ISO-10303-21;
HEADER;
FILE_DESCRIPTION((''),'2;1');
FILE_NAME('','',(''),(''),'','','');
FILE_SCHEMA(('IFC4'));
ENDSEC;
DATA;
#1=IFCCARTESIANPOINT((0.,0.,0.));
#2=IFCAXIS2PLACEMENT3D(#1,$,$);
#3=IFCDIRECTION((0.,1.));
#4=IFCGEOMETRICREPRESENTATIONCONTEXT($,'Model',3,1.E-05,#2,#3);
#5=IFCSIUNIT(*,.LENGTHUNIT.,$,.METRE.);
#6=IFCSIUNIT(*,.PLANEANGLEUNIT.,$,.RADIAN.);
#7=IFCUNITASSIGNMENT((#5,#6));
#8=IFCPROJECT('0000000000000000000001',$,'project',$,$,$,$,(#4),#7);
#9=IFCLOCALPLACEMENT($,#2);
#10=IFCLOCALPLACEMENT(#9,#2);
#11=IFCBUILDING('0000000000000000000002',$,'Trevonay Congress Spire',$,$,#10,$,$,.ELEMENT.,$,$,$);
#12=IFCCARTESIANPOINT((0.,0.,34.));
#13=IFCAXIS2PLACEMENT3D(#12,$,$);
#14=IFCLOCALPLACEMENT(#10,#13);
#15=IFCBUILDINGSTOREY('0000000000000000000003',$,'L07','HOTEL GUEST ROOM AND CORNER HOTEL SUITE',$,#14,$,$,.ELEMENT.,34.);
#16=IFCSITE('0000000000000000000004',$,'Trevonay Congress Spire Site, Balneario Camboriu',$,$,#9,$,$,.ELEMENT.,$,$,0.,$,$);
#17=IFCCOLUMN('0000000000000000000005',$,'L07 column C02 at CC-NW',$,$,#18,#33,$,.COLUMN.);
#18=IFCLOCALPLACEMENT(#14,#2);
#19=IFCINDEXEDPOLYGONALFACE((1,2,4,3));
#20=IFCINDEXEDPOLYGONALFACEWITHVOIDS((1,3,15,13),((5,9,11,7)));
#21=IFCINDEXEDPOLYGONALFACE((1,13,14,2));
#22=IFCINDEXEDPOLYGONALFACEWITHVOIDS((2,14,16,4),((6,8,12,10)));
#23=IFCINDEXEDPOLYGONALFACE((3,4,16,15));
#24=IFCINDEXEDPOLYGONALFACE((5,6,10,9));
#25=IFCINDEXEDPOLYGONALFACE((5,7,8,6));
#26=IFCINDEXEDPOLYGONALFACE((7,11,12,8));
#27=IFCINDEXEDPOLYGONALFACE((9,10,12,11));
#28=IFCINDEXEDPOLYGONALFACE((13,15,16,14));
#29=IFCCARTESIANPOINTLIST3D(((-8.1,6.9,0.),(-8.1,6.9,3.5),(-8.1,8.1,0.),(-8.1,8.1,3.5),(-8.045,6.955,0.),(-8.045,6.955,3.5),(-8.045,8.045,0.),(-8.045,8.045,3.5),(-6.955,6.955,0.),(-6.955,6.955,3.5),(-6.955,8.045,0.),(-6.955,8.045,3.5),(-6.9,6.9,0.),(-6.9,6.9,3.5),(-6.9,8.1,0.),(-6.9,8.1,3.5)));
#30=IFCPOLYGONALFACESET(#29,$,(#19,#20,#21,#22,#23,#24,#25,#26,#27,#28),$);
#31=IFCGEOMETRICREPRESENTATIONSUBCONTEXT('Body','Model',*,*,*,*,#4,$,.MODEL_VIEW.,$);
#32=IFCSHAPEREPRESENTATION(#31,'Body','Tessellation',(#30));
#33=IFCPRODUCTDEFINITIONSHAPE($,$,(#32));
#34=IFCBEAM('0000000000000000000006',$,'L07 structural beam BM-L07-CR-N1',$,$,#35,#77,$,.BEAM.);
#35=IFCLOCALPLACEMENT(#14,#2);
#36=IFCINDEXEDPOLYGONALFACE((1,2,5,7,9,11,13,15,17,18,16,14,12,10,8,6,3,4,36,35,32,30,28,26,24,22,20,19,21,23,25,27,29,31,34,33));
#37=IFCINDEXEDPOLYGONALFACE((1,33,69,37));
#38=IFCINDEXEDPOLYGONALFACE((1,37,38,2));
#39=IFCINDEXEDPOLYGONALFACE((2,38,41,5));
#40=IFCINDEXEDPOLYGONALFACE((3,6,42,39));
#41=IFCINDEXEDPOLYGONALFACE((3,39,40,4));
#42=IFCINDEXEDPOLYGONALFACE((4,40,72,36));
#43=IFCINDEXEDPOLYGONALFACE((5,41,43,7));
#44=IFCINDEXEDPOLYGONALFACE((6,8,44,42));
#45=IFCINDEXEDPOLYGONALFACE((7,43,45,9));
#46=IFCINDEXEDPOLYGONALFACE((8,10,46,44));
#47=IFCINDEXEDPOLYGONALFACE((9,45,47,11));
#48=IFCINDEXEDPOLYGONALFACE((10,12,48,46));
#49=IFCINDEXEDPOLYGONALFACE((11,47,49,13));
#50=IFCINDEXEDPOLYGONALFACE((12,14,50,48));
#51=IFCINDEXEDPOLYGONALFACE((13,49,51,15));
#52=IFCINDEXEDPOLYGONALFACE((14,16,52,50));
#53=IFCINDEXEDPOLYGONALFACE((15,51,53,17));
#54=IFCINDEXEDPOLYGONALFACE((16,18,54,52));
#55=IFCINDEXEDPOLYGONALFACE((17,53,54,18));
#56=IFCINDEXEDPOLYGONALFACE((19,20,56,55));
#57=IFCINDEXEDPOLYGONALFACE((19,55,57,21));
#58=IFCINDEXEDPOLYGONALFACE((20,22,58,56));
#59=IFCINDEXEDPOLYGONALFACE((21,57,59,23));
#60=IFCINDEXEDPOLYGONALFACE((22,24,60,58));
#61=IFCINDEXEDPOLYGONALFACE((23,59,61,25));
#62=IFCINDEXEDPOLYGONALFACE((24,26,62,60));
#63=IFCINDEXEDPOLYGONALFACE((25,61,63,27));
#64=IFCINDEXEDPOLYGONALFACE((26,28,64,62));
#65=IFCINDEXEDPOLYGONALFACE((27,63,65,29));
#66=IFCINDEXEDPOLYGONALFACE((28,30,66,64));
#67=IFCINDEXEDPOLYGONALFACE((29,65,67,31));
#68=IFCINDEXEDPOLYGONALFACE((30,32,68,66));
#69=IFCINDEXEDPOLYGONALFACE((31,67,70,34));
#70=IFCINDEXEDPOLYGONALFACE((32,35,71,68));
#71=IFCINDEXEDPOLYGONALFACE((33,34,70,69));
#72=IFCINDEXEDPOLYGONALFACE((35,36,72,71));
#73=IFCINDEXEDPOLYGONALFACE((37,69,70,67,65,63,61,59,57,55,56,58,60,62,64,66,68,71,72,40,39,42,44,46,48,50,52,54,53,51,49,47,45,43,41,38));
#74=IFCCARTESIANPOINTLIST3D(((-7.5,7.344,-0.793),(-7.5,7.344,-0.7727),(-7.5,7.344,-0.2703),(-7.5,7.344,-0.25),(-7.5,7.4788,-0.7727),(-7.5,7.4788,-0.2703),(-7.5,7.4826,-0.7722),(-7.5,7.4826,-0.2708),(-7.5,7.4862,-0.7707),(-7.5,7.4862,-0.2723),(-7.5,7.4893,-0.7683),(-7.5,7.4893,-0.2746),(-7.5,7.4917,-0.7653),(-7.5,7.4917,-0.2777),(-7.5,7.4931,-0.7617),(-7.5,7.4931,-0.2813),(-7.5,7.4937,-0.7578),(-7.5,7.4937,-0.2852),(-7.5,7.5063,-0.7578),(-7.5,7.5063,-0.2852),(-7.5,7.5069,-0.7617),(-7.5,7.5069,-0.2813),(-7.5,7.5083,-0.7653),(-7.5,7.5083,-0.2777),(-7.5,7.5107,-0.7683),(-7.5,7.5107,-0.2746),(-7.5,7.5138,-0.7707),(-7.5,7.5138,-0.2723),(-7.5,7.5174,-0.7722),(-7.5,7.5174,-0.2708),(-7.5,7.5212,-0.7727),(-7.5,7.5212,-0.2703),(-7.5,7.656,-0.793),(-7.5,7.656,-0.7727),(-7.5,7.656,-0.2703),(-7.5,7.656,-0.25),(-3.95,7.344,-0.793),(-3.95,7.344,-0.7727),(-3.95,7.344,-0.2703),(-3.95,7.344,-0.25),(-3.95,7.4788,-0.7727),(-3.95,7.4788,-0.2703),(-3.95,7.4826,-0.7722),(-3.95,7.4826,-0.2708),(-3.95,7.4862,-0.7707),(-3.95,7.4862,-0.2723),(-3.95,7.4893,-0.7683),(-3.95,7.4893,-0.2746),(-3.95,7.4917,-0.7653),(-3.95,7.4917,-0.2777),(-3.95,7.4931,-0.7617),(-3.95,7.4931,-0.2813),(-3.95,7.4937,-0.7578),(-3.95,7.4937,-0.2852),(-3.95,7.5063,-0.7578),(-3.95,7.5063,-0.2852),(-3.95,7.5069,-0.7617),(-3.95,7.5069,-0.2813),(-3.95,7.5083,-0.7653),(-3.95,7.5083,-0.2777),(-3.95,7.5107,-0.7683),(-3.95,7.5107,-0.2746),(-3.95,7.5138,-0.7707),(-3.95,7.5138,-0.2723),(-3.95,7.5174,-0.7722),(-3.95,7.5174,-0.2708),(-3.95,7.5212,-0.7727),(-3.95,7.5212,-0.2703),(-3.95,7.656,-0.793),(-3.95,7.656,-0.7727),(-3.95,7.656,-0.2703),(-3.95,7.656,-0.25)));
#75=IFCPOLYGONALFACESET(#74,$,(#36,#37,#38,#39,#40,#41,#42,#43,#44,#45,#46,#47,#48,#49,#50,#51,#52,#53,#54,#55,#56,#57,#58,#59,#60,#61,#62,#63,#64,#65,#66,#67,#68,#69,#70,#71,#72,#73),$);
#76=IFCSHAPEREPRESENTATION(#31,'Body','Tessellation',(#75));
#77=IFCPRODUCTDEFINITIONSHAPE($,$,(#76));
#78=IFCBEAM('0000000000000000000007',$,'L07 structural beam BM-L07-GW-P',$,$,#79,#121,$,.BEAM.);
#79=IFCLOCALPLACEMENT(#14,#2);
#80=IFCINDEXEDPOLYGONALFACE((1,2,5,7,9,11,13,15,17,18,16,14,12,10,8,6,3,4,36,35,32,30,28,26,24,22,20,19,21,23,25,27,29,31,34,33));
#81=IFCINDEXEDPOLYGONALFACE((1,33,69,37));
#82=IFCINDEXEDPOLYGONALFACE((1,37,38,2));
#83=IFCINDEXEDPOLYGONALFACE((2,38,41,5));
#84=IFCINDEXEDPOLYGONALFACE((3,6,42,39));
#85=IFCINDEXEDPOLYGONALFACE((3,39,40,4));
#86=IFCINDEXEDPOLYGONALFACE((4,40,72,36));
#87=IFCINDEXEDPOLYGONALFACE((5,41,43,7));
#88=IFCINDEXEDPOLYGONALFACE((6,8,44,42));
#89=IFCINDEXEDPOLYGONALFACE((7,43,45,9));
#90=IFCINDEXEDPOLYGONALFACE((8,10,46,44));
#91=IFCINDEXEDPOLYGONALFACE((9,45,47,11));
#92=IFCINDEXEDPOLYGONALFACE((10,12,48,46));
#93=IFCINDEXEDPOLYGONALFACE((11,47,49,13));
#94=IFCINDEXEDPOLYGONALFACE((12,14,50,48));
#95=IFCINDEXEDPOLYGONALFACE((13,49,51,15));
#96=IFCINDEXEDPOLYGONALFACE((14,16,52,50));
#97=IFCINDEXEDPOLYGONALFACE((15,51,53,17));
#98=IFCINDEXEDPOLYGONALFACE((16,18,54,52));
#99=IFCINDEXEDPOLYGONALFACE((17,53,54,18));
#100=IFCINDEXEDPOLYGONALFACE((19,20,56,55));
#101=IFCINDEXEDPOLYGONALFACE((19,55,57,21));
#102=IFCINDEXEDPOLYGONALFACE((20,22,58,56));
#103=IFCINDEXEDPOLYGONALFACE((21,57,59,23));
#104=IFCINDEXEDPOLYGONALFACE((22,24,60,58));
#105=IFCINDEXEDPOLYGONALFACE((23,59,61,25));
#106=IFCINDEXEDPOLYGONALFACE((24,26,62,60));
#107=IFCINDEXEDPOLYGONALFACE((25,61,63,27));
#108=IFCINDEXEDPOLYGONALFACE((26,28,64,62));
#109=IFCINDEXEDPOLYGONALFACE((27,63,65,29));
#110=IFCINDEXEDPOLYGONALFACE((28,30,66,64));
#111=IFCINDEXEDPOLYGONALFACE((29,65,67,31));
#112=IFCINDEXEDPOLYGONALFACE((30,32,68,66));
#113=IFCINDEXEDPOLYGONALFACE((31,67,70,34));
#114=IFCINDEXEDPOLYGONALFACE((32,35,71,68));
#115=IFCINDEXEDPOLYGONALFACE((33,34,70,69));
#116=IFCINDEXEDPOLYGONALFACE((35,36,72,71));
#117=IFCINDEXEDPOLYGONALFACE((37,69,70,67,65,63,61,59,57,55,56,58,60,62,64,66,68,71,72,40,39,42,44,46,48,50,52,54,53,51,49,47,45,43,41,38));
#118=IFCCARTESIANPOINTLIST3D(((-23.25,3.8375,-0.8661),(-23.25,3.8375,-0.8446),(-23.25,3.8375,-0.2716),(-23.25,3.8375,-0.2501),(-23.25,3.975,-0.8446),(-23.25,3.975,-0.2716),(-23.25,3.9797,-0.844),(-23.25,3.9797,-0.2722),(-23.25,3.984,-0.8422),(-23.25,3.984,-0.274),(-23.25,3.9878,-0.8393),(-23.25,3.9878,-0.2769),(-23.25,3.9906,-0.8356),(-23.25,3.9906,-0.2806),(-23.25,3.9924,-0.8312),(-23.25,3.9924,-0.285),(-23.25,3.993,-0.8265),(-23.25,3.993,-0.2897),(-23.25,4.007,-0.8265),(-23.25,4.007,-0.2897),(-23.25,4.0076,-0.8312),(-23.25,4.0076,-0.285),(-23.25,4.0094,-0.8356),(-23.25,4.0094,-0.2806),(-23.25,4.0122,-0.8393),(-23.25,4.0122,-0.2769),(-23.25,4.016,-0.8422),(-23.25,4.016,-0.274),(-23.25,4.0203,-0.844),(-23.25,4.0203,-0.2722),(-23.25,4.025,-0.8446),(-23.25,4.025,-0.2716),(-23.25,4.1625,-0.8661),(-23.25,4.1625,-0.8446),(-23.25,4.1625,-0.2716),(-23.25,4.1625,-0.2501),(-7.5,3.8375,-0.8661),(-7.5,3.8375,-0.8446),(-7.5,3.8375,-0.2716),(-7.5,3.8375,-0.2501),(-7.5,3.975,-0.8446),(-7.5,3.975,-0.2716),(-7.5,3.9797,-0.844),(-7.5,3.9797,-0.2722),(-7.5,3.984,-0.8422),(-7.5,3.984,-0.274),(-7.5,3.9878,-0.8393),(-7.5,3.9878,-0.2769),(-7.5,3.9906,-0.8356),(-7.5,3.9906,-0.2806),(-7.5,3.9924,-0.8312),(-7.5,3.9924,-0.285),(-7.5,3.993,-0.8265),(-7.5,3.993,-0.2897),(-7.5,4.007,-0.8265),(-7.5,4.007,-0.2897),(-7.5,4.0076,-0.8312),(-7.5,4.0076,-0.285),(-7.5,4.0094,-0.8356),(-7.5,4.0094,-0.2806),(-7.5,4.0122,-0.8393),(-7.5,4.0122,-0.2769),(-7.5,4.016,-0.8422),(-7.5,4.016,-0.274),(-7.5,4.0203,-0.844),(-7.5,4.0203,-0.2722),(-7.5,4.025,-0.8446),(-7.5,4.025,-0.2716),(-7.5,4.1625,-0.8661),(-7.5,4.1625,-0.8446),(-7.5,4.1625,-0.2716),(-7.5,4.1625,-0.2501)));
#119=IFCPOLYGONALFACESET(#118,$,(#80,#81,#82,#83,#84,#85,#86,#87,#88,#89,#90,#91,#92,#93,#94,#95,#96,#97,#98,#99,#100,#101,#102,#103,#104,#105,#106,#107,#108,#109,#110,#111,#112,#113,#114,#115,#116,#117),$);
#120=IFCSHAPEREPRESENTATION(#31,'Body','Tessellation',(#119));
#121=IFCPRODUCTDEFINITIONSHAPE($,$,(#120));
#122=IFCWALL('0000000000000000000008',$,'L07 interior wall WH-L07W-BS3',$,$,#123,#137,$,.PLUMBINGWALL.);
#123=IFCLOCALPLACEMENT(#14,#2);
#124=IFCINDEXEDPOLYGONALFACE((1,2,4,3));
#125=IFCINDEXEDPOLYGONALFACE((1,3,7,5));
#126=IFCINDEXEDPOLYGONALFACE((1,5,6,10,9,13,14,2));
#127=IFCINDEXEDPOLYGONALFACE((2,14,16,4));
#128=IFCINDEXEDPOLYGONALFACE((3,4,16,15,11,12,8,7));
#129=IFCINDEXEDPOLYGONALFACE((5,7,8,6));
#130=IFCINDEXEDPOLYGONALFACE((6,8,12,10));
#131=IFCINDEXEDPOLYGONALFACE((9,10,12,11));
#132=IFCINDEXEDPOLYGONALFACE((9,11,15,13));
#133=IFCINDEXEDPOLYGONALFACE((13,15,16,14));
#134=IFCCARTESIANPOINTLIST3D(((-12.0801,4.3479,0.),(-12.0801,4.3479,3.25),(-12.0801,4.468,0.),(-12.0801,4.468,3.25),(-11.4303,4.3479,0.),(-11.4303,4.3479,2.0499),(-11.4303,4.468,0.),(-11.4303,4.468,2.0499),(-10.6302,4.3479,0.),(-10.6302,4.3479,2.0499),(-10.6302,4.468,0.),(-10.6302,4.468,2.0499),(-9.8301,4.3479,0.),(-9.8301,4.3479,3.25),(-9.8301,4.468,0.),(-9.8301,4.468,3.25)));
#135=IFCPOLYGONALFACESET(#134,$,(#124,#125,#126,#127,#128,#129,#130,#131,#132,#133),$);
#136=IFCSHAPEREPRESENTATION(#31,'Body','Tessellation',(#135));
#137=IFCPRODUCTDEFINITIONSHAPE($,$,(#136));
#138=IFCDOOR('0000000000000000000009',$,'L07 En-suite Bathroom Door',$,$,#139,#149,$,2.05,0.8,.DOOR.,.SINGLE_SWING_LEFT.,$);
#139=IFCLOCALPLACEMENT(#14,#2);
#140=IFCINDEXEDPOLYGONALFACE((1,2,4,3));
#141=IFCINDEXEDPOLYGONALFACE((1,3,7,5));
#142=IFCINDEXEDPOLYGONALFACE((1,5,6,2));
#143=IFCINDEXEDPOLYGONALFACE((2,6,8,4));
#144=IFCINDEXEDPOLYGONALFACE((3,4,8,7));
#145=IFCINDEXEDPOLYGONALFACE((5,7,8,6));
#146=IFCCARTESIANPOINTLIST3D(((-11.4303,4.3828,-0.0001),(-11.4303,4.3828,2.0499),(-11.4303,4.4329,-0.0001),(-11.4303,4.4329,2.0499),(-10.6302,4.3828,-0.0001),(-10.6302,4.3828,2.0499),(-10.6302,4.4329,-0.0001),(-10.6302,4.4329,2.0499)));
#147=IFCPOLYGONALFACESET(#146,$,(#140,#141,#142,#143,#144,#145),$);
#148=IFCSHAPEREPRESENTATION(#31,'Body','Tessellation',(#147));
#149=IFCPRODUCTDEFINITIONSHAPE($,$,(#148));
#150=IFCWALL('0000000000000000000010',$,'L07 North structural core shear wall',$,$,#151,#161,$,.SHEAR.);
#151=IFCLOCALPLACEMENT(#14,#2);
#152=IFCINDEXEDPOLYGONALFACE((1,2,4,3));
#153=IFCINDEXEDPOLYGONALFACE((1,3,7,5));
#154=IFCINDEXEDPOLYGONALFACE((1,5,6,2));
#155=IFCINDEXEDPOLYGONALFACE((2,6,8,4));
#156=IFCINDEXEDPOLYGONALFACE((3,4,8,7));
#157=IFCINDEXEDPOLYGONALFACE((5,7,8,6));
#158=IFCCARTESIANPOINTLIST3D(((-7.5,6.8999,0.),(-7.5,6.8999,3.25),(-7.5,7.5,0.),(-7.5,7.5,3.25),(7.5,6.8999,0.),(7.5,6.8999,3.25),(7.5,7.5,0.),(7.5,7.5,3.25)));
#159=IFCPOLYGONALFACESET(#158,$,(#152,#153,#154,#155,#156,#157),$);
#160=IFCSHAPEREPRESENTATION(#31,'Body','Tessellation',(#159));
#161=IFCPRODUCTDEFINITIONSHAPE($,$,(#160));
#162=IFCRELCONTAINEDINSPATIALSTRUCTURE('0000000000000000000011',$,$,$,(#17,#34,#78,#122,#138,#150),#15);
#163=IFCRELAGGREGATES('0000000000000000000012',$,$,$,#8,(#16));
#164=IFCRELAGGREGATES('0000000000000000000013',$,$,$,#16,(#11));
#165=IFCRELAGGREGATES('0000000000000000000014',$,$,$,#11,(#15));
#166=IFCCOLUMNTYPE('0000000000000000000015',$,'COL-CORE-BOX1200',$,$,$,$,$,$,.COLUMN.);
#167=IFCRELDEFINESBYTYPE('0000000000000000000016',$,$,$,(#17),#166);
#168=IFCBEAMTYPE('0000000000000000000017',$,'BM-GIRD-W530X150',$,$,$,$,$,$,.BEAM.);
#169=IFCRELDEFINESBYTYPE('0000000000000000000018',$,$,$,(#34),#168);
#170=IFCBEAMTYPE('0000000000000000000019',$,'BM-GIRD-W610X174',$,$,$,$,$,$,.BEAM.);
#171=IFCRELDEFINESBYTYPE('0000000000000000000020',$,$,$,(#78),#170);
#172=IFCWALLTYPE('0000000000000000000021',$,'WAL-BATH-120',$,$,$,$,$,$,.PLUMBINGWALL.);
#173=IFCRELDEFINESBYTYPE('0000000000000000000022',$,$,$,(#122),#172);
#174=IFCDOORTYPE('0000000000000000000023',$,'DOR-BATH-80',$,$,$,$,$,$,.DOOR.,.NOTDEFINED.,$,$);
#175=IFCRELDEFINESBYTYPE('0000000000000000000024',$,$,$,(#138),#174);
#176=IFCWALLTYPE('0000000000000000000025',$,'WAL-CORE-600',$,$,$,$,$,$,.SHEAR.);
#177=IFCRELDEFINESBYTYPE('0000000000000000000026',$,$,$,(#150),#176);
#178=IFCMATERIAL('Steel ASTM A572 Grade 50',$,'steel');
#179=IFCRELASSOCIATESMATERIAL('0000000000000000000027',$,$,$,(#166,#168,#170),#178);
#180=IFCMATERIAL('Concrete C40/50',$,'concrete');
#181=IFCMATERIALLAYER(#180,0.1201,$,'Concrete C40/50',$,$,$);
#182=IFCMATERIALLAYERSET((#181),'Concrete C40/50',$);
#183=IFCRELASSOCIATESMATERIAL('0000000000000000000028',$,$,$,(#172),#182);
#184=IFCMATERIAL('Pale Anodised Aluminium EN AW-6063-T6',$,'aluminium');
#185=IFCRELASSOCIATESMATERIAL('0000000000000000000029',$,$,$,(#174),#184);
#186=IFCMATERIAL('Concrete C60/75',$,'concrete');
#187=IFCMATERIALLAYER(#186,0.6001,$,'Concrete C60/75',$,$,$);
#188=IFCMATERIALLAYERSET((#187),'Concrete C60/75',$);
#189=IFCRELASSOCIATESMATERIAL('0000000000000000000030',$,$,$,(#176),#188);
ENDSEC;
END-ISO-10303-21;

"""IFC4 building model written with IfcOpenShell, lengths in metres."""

from ifc_helpers import new_model, si_unit, direction, frame, frame_2d, origin, origin_2d, place, context, subcontext, project, spatial, rectangle, hollow_rectangle, i_section, extrude, material, layer, layer_set, material_profile, profile_set, type_object, element, fill, save


model = new_model("IFC4")

# Units and contexts
model_context = context("Model", 3, precision=1e-05, world=origin(), true_north=direction((0.0, 1.0)))
body_context = subcontext(model_context, "Body", "Model", "MODEL_VIEW")
ifc_project = project(units=[si_unit("LENGTHUNIT", "METRE"), si_unit("PLANEANGLEUNIT", "RADIAN")], contexts=[model_context])

# Site, building, storey
site_placement = place(None, origin())
site = spatial("IfcSite", under=ifc_project, at=site_placement, Name="Trevonay Congress Spire Site, Balneario Camboriu", CompositionType="ELEMENT", RefElevation=0.0)
building_placement = place(site_placement, origin())
building = spatial("IfcBuilding", under=site, at=building_placement, Name="Trevonay Congress Spire", CompositionType="ELEMENT")
storey_placement = place(building_placement, frame((0.0, 0.0, 34.0)))
storey = spatial("IfcBuildingStorey", under=building, at=storey_placement, Name="L07", Description="HOTEL GUEST ROOM AND CORNER HOTEL SUITE", CompositionType="ELEMENT", Elevation=34.0)

# Column
ifc_material_1 = material(Name="Steel ASTM A572 Grade 50", Category="steel")
ifc_material_profile_1 = material_profile(ifc_material_1, hollow_rectangle(XDim=1.2, YDim=1.2, WallThickness=0.0549, at=origin_2d()), Name="BOX 1200x1200x55")
ifc_profile_set_1 = profile_set([ifc_material_profile_1], Name="Steel ASTM A572 Grade 50")
column_type = type_object("IfcColumnType", Name="COL-CORE-BOX1200", PredefinedType="COLUMN", material=ifc_profile_set_1)
column_placement = place(storey_placement, frame((-7.5, 7.5, 0.0), z_axis=(0.0, 0.0, 1.0), x_axis=(1.0, 0.0, 0.0)))
element("IfcColumn", 1, at=column_placement, inside=storey, type_object=column_type, Name="L07 column C02 at CC-NW", PredefinedType="COLUMN", context=body_context, shape_type="SweptSolid", body=[
    extrude(hollow_rectangle(XDim=1.2, YDim=1.2, WallThickness=0.0549, at=origin_2d()), origin(), (0.0, 0.0, 1.0), 3.5),
])

# Beams
ifc_material_profile_2 = material_profile(ifc_material_1, i_section(OverallWidth=0.312, OverallDepth=0.543, WebThickness=0.0127, FlangeThickness=0.0203, FilletRadius=0.0149, at=origin_2d()), Name="W530x150")
ifc_profile_set_2 = profile_set([ifc_material_profile_2], Name="Steel ASTM A572 Grade 50")
beam_type_1 = type_object("IfcBeamType", Name="BM-GIRD-W530X150", PredefinedType="BEAM", material=ifc_profile_set_2)
beam_1_placement = place(storey_placement, frame((-7.5, 7.5, -0.5215), z_axis=(1.0, 0.0, 0.0), x_axis=(0.0, 1.0, 0.0)))
element("IfcBeam", 2, at=beam_1_placement, inside=storey, type_object=beam_type_1, Name="L07 structural beam BM-L07-CR-N1", PredefinedType="BEAM", context=body_context, shape_type="SweptSolid", body=[
    extrude(i_section(OverallWidth=0.312, OverallDepth=0.543, WebThickness=0.0127, FlangeThickness=0.0203, FilletRadius=0.0149, at=origin_2d()), origin(), (0.0, 0.0, 1.0), 3.55),
])
ifc_material_profile_3 = material_profile(ifc_material_1, i_section(OverallWidth=0.325, OverallDepth=0.616, WebThickness=0.0139, FlangeThickness=0.0215, FilletRadius=0.0181, at=origin_2d()), Name="W610x174")
ifc_profile_set_3 = profile_set([ifc_material_profile_3], Name="Steel ASTM A572 Grade 50")
beam_type_2 = type_object("IfcBeamType", Name="BM-GIRD-W610X174", PredefinedType="BEAM", material=ifc_profile_set_3)
beam_2_placement = place(storey_placement, frame((-7.5, 4.0, -0.5581), z_axis=(-1.0, 0.0, 0.0), x_axis=(0.0, -1.0, 0.0)))
element("IfcBeam", 3, at=beam_2_placement, inside=storey, type_object=beam_type_2, Name="L07 structural beam BM-L07-GW-P", PredefinedType="BEAM", context=body_context, shape_type="SweptSolid", body=[
    extrude(i_section(OverallWidth=0.325, OverallDepth=0.616, WebThickness=0.0139, FlangeThickness=0.0215, FilletRadius=0.0181, at=origin_2d()), origin(), (0.0, 0.0, 1.0), 15.75),
])

# Wall, opening, door
ifc_material_2 = material(Name="Concrete C40/50", Category="concrete")
ifc_layer_1 = layer(ifc_material_2, 0.1201, Name="Concrete C40/50")
ifc_layer_set_1 = layer_set([ifc_layer_1], Name="Concrete C40/50")
wall_type_1 = type_object("IfcWallType", Name="WAL-BATH-120", PredefinedType="PLUMBINGWALL", material=ifc_layer_set_1)
wall_1_placement = place(storey_placement, frame((-12.0801, 4.408, 0.0), z_axis=(0.0, 0.0, 1.0), x_axis=(1.0, 0.0, 0.0)))
wall_1 = element("IfcWall", 4, at=wall_1_placement, inside=storey, type_object=wall_type_1, Name="L07 interior wall WH-L07W-BS3", PredefinedType="PLUMBINGWALL", context=body_context, shape_type="SweptSolid", body=[
    extrude(rectangle(XDim=2.25, YDim=0.1201, at=frame_2d((1.125, 0.0))), origin(), (0.0, 0.0, 1.0), 3.25),
])
opening_1_placement = place(wall_1_placement, frame((0.6499, 0.0, 0.0)))
opening_1 = element("IfcOpeningElement", 5, at=opening_1_placement, cuts=wall_1, PredefinedType="OPENING", context=body_context, shape_type="SweptSolid", body=[
    extrude(rectangle(XDim=0.8, YDim=2.05, at=frame_2d((0.3999, 1.0249))), frame((0.0, 0.0701, 0.0), z_axis=(0.0, -1.0, 0.0), x_axis=(1.0, 0.0, 0.0)), (0.0, 0.0, 1.0), 0.1401),
])
ifc_material_3 = material(Name="Pale Anodised Aluminium EN AW-6063-T6", Category="aluminium")
door_type_1 = type_object("IfcDoorType", Name="DOR-BATH-80", OperationType="NOTDEFINED", PredefinedType="DOOR", material=ifc_material_3)
door_1_placement = place(opening_1_placement, origin())
door_1 = element("IfcDoor", 6, at=door_1_placement, inside=storey, type_object=door_type_1, Name="L07 En-suite Bathroom Door", OperationType="SINGLE_SWING_LEFT", OverallHeight=2.05, OverallWidth=0.8, PredefinedType="DOOR", context=body_context, shape_type="SweptSolid", body=[
    extrude(rectangle(XDim=0.8, YDim=2.05, at=frame_2d((0.3999, 1.0249))), frame((0.0, 0.0249, 0.0), z_axis=(0.0, -1.0, 0.0), x_axis=(1.0, 0.0, 0.0)), (0.0, 0.0, 1.0), 0.05),
])
fill(opening_1, door_1)

# Wall
ifc_material_4 = material(Name="Concrete C60/75", Category="concrete")
ifc_layer_2 = layer(ifc_material_4, 0.6001, Name="Concrete C60/75")
ifc_layer_set_2 = layer_set([ifc_layer_2], Name="Concrete C60/75")
wall_type_2 = type_object("IfcWallType", Name="WAL-CORE-600", PredefinedType="SHEAR", material=ifc_layer_set_2)
wall_2_placement = place(storey_placement, frame((-7.5, 7.2, 0.0), z_axis=(0.0, 0.0, 1.0), x_axis=(1.0, 0.0, 0.0)))
element("IfcWall", 7, at=wall_2_placement, inside=storey, type_object=wall_type_2, Name="L07 North structural core shear wall", PredefinedType="SHEAR", context=body_context, shape_type="SweptSolid", body=[
    extrude(rectangle(XDim=15.0, YDim=0.6001, at=frame_2d((7.5, 0.0))), origin(), (0.0, 0.0, 1.0), 3.25),
])

save(model, "model.ifc")
